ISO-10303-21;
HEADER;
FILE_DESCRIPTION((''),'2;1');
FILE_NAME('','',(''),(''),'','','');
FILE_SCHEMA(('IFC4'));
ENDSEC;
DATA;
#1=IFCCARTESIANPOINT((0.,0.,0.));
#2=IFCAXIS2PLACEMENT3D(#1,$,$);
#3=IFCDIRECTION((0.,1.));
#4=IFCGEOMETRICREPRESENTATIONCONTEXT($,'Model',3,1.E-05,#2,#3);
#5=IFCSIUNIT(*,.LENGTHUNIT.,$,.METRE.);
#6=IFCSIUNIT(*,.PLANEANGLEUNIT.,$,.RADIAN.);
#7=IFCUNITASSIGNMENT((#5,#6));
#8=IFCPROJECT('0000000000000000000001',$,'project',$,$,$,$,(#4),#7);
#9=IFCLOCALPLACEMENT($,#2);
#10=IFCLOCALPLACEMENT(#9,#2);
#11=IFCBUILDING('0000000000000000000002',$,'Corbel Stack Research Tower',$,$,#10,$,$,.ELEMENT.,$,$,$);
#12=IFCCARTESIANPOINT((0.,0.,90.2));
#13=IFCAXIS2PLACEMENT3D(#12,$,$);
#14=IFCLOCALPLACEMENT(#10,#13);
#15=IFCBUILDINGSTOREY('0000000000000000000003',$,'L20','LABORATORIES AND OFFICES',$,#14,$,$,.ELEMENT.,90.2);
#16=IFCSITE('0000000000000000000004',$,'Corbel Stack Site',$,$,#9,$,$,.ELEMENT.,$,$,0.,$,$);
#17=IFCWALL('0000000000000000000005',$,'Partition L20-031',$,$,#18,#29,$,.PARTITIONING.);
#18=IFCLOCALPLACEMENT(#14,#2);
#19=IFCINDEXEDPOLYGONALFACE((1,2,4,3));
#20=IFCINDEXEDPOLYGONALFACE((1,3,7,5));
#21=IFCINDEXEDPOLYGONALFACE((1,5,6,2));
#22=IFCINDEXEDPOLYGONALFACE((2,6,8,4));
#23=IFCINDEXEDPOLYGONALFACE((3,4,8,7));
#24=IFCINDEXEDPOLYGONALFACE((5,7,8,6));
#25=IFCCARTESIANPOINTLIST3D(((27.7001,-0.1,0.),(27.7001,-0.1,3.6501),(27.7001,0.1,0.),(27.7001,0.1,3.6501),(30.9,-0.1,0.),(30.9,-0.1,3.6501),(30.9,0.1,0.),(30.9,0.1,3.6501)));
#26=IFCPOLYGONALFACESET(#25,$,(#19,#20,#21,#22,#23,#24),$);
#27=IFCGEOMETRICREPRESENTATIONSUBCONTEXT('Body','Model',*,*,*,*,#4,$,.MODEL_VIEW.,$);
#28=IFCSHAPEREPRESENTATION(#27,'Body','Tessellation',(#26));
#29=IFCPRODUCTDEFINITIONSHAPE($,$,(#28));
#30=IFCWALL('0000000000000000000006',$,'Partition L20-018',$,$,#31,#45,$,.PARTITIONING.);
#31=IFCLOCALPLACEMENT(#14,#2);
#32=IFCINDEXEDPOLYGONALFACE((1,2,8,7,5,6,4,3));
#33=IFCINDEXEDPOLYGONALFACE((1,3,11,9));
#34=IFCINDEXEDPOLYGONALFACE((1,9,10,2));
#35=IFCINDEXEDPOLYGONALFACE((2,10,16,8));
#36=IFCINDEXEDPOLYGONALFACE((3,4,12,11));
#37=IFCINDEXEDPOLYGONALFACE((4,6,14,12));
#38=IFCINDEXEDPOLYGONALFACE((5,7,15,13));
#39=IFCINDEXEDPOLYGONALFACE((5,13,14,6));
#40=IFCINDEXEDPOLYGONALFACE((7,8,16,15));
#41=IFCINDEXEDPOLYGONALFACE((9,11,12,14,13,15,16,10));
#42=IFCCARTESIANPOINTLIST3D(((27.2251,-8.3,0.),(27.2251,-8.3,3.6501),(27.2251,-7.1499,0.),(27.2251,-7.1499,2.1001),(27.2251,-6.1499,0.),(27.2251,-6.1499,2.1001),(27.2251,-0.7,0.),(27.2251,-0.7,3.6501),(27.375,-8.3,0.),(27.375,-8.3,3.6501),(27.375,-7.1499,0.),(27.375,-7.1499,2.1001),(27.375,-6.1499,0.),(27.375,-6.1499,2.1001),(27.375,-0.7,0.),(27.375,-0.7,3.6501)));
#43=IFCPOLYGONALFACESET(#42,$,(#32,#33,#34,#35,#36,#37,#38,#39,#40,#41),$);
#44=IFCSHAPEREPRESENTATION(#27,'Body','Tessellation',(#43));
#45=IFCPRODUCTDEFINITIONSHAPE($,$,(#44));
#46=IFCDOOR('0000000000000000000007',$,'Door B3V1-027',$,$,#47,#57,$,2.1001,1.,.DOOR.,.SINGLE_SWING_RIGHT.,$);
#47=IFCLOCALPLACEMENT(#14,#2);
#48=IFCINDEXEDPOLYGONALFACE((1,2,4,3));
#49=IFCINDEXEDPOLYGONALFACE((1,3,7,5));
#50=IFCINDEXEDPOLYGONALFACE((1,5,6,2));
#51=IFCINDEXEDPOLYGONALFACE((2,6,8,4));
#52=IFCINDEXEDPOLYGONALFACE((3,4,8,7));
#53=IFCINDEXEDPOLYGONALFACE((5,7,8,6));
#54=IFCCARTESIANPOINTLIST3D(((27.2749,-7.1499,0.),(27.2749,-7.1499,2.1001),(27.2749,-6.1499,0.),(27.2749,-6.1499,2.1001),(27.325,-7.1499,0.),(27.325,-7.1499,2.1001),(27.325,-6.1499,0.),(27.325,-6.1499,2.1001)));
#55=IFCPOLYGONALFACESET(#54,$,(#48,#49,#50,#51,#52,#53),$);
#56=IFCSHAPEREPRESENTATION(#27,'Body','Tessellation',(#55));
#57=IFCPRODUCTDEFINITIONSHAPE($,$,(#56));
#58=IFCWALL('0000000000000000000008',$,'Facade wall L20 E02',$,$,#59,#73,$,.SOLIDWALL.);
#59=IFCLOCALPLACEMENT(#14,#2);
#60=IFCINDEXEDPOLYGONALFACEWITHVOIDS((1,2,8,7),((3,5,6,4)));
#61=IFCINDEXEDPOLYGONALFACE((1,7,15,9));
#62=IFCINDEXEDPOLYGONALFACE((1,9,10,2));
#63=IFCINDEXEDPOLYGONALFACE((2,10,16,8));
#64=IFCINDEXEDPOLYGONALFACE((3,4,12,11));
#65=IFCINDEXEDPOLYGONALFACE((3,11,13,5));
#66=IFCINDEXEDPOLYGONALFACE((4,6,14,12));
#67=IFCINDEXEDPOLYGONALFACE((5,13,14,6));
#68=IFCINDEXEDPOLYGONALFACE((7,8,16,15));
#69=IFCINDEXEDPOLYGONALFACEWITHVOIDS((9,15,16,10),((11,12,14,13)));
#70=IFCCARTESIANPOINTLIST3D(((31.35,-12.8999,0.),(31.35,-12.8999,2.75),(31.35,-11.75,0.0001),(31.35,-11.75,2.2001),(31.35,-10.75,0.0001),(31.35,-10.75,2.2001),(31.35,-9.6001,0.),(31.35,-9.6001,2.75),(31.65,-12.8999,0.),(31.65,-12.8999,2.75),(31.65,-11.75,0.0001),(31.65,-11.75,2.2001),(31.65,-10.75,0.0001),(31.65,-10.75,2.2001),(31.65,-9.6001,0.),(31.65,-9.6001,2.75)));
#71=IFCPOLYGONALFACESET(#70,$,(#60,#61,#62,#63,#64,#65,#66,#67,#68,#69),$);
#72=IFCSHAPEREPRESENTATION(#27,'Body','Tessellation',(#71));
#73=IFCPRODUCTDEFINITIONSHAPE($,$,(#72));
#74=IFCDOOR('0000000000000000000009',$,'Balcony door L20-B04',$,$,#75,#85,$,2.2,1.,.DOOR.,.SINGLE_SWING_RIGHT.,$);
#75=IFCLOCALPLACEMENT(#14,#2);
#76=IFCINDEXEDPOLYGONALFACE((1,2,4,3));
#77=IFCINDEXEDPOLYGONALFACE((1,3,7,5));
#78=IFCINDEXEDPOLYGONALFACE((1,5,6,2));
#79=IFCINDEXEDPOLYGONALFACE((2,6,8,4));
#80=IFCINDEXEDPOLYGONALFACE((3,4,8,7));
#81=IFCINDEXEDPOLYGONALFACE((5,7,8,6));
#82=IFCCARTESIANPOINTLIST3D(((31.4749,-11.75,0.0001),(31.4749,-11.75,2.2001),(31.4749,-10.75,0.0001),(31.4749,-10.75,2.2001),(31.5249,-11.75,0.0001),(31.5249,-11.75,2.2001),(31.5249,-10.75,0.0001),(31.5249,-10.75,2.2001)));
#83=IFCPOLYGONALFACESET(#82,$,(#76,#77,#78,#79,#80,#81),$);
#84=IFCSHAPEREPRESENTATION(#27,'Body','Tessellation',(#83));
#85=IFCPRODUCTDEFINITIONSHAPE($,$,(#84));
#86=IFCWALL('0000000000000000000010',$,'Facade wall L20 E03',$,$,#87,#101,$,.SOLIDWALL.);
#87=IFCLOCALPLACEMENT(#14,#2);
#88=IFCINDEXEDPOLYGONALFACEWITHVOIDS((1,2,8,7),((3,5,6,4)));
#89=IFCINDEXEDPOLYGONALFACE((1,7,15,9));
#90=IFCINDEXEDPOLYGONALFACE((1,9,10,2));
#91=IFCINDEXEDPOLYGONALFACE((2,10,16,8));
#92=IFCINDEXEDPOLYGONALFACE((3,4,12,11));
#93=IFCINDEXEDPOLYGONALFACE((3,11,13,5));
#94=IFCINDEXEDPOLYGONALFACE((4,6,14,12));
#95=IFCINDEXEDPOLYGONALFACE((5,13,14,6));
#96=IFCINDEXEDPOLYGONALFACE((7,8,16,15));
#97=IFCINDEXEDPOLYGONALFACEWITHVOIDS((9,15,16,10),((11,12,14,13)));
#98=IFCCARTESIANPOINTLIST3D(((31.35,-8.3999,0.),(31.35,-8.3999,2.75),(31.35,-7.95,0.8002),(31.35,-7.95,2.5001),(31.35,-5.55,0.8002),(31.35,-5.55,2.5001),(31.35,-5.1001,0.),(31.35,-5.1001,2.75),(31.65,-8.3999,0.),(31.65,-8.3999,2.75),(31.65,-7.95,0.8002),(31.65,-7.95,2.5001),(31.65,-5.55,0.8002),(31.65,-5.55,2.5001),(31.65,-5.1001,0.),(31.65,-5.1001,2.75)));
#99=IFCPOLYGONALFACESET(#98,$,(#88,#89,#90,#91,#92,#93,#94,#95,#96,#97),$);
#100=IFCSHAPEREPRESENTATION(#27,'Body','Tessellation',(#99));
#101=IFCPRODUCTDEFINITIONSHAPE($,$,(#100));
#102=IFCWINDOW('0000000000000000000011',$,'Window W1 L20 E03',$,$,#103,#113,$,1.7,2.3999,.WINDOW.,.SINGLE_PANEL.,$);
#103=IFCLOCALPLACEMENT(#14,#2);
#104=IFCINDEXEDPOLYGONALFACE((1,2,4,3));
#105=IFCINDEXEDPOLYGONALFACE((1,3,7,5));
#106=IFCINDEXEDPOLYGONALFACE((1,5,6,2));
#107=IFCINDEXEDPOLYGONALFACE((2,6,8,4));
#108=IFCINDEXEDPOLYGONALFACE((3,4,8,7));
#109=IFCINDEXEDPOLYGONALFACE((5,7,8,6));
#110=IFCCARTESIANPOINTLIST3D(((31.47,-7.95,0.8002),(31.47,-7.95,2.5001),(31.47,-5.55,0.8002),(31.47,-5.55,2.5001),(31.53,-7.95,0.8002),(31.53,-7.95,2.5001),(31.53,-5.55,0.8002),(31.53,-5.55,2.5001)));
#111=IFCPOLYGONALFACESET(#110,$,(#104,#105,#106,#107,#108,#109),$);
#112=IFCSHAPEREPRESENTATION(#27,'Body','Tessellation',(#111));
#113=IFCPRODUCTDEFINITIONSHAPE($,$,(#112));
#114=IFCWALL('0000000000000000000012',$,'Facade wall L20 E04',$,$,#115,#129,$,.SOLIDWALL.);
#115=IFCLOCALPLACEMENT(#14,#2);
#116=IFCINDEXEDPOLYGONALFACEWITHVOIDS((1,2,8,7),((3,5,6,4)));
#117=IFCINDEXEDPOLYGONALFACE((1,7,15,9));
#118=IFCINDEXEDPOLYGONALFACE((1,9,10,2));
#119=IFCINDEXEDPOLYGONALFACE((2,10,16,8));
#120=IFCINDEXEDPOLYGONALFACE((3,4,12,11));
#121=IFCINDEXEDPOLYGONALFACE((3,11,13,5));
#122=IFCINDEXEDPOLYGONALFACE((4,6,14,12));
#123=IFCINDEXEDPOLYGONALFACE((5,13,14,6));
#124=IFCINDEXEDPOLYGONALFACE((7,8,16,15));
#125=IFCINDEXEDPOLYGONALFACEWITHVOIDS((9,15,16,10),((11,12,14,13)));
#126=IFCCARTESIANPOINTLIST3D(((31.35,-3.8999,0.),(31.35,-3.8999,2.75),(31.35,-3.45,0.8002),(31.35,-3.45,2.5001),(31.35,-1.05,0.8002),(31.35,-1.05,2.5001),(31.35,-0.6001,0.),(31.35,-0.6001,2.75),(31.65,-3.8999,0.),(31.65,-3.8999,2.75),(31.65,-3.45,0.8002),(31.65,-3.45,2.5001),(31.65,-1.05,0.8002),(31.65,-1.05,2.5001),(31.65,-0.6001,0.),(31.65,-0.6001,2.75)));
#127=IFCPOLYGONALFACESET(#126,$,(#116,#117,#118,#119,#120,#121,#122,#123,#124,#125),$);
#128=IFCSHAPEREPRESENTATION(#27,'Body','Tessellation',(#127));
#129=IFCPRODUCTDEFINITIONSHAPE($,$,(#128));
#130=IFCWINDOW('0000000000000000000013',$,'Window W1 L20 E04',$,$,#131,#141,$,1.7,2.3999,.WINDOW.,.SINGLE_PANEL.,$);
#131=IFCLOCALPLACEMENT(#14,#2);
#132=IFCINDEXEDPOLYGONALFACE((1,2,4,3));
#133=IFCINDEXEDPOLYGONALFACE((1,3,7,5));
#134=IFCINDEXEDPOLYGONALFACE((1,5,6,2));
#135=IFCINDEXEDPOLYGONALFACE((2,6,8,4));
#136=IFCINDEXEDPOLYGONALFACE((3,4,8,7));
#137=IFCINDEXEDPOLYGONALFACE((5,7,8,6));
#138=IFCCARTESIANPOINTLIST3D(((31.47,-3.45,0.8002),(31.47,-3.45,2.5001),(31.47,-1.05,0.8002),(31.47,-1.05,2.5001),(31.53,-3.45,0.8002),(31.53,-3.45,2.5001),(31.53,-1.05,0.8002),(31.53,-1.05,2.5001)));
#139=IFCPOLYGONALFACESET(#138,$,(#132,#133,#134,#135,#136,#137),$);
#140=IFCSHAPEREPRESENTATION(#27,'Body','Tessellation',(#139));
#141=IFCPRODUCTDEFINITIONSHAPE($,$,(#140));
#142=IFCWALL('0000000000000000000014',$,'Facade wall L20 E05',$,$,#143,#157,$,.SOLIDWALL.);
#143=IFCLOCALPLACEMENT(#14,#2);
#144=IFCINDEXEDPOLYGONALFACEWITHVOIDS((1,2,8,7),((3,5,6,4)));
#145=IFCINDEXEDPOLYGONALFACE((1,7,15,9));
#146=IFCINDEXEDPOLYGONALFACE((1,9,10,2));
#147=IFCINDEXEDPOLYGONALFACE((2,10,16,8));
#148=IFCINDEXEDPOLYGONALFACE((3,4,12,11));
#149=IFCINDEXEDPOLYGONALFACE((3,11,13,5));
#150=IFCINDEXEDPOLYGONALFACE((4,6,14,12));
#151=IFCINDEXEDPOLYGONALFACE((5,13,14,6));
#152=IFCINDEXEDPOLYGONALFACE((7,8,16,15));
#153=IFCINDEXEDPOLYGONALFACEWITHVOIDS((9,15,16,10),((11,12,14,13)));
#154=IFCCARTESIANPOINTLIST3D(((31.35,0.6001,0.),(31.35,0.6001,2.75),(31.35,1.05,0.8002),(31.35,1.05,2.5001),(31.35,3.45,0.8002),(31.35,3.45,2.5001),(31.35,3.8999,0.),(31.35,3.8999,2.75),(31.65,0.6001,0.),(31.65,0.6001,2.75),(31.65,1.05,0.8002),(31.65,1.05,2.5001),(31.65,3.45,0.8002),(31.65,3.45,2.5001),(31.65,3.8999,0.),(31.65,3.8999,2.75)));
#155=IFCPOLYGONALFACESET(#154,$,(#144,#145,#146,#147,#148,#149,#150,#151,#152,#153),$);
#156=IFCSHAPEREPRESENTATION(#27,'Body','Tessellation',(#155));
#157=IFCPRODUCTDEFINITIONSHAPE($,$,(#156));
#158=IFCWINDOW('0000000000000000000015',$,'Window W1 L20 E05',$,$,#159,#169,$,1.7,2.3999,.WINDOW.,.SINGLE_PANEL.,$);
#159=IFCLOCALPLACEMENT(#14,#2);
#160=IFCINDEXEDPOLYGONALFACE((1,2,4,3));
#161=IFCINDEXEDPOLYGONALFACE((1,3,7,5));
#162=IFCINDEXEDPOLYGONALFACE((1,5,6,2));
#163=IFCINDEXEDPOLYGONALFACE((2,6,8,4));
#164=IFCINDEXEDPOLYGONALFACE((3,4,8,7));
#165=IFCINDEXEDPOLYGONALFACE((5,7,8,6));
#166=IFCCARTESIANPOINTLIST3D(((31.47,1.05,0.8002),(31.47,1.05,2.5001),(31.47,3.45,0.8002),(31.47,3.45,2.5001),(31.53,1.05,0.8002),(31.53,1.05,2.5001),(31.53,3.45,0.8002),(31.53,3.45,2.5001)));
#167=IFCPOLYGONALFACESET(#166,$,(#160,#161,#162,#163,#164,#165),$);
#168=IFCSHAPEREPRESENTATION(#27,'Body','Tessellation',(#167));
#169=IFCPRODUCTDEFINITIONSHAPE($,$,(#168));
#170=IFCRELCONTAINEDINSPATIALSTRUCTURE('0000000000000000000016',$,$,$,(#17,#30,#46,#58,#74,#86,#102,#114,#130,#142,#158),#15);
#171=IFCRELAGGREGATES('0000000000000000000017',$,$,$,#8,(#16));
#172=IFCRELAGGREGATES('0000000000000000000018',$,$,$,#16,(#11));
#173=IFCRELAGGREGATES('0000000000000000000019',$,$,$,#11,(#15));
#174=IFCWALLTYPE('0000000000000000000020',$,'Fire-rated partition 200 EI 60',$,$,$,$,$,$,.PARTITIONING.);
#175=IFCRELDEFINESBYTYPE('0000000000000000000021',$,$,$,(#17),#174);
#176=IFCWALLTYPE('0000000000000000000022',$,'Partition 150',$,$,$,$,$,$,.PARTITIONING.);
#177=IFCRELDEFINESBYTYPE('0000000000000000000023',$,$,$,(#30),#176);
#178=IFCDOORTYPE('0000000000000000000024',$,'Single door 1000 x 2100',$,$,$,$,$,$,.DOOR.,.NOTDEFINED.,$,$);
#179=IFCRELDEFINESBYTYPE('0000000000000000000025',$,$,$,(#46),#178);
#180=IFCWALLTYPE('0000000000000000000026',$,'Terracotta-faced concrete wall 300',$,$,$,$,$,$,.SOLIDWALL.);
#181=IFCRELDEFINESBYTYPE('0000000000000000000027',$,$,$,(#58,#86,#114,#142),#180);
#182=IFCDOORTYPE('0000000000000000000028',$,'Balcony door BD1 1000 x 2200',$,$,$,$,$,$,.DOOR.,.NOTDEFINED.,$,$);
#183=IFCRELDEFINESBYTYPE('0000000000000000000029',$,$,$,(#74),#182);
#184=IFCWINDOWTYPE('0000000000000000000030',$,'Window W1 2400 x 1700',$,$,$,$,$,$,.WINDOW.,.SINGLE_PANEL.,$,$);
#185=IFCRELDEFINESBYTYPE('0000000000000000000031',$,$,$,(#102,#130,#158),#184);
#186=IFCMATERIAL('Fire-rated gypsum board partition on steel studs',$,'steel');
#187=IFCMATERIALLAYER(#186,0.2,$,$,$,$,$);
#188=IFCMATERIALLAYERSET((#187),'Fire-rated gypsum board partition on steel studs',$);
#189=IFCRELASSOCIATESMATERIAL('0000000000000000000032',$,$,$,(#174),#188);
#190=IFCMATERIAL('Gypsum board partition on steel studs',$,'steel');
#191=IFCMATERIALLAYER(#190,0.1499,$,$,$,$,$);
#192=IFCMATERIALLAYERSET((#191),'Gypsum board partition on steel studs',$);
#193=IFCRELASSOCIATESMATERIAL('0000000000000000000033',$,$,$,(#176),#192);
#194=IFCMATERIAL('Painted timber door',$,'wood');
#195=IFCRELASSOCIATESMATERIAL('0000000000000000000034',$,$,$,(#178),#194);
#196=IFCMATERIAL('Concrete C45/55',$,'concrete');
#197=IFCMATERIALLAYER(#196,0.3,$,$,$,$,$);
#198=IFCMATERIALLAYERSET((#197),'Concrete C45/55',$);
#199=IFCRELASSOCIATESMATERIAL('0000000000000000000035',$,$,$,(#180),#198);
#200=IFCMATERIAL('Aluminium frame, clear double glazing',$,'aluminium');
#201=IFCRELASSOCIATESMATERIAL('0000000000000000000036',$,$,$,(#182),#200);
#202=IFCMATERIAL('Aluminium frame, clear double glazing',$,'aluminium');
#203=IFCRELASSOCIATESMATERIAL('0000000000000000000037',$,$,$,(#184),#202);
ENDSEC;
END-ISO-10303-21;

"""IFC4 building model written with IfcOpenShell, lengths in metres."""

from ifc_helpers import new_model, si_unit, direction, frame, frame_2d, origin, place, context, subcontext, project, spatial, rectangle, extrude, material, layer, layer_set, type_object, element, fill, save


model = new_model("IFC4")

# Units and contexts
model_context = context("Model", 3, precision=1e-05, world=origin(), true_north=direction((0.0, 1.0)))
body_context = subcontext(model_context, "Body", "Model", "MODEL_VIEW")
ifc_project = project(units=[si_unit("LENGTHUNIT", "METRE"), si_unit("PLANEANGLEUNIT", "RADIAN")], contexts=[model_context])

# Site, building, storey
site_placement = place(None, origin())
site = spatial("IfcSite", under=ifc_project, at=site_placement, Name="Corbel Stack Site", CompositionType="ELEMENT", RefElevation=0.0)
building_placement = place(site_placement, origin())
building = spatial("IfcBuilding", under=site, at=building_placement, Name="Corbel Stack Research Tower", CompositionType="ELEMENT")
storey_placement = place(building_placement, frame((0.0, 0.0, 90.2)))
storey = spatial("IfcBuildingStorey", under=building, at=storey_placement, Name="L20", Description="LABORATORIES AND OFFICES", CompositionType="ELEMENT", Elevation=90.2)

# Wall
ifc_material_1 = material(Name="Fire-rated gypsum board partition on steel studs", Category="steel")
ifc_layer_1 = layer(ifc_material_1, 0.2)
ifc_layer_set_1 = layer_set([ifc_layer_1], Name="Fire-rated gypsum board partition on steel studs")
wall_type_1 = type_object("IfcWallType", Name="Fire-rated partition 200 EI 60", PredefinedType="PARTITIONING", material=ifc_layer_set_1)
wall_1_placement = place(storey_placement, frame((27.7, 0.0, 0.0), z_axis=(0.0, 0.0, 1.0), x_axis=(1.0, 0.0, 0.0)))
element("IfcWall", 1, at=wall_1_placement, inside=storey, type_object=wall_type_1, Name="Partition L20-031", PredefinedType="PARTITIONING", context=body_context, shape_type="SweptSolid", body=[
    extrude(rectangle(XDim=3.2, YDim=0.2, at=frame_2d((1.6001, 0.0))), origin(), (0.0, 0.0, 1.0), 3.6501),
])

# Walls, openings, doors
ifc_material_2 = material(Name="Gypsum board partition on steel studs", Category="steel")
ifc_layer_2 = layer(ifc_material_2, 0.1499)
ifc_layer_set_2 = layer_set([ifc_layer_2], Name="Gypsum board partition on steel studs")
wall_type_2 = type_object("IfcWallType", Name="Partition 150", PredefinedType="PARTITIONING", material=ifc_layer_set_2)
wall_2_placement = place(storey_placement, frame((27.3, -0.7, 0.0), z_axis=(0.0, 0.0, 1.0), x_axis=(0.0, -1.0, 0.0)))
wall_2 = element("IfcWall", 2, at=wall_2_placement, inside=storey, type_object=wall_type_2, Name="Partition L20-018", PredefinedType="PARTITIONING", context=body_context, shape_type="SweptSolid", body=[
    extrude(rectangle(XDim=7.6001, YDim=0.1499, at=frame_2d((3.8, 0.0))), origin(), (0.0, 0.0, 1.0), 3.6501),
])
opening_1_placement = place(wall_2_placement, frame((5.45, 0.0, 0.0)))
opening_1 = element("IfcOpeningElement", 3, at=opening_1_placement, cuts=wall_2, PredefinedType="OPENING", context=body_context, shape_type="SweptSolid", body=[
    extrude(rectangle(XDim=1.0, YDim=2.1001, at=frame_2d((0.5, 1.05))), frame((0.0, 0.085, 0.0), z_axis=(0.0, -1.0, 0.0), x_axis=(1.0, 0.0, 0.0)), (0.0, 0.0, 1.0), 0.1699),
])
ifc_material_3 = material(Name="Painted timber door", Category="wood")
door_type_1 = type_object("IfcDoorType", Name="Single door 1000 x 2100", OperationType="NOTDEFINED", PredefinedType="DOOR", material=ifc_material_3)
door_1_placement = place(opening_1_placement, origin())
door_1 = element("IfcDoor", 4, at=door_1_placement, inside=storey, type_object=door_type_1, Name="Door B3V1-027", OperationType="SINGLE_SWING_RIGHT", OverallHeight=2.1001, OverallWidth=1.0, PredefinedType="DOOR", context=body_context, shape_type="SweptSolid", body=[
    extrude(rectangle(XDim=1.0, YDim=2.1001, at=frame_2d((0.5, 1.05))), frame((0.0, 0.0249, 0.0), z_axis=(0.0, -1.0, 0.0), x_axis=(1.0, 0.0, 0.0)), (0.0, 0.0, 1.0), 0.05),
])
fill(opening_1, door_1)
ifc_material_4 = material(Name="Concrete C45/55", Category="concrete")
ifc_layer_3 = layer(ifc_material_4, 0.3)
ifc_layer_set_3 = layer_set([ifc_layer_3], Name="Concrete C45/55")
wall_type_3 = type_object("IfcWallType", Name="Terracotta-faced concrete wall 300", PredefinedType="SOLIDWALL", material=ifc_layer_set_3)
wall_3_placement = place(storey_placement, frame((31.5, -9.6001, 0.0), z_axis=(0.0, 0.0, 1.0), x_axis=(0.0, -1.0, 0.0)))
wall_3 = element("IfcWall", 5, at=wall_3_placement, inside=storey, type_object=wall_type_3, Name="Facade wall L20 E02", PredefinedType="SOLIDWALL", context=body_context, shape_type="SweptSolid", body=[
    extrude(rectangle(XDim=3.2998, YDim=0.3, at=frame_2d((1.6499, 0.0))), origin(), (0.0, 0.0, 1.0), 2.75),
])
opening_2_placement = place(wall_3_placement, frame((1.1499, 0.0, 0.0)))
opening_2 = element("IfcOpeningElement", 6, at=opening_2_placement, cuts=wall_3, PredefinedType="OPENING", context=body_context, shape_type="SweptSolid", body=[
    extrude(rectangle(XDim=1.0, YDim=2.2, at=frame_2d((0.5, 1.1001))), frame((0.0, 0.1599, 0.0), z_axis=(0.0, -1.0, 0.0), x_axis=(1.0, 0.0, 0.0)), (0.0, 0.0, 1.0), 0.3201),
])
ifc_material_5 = material(Name="Aluminium frame, clear double glazing", Category="aluminium")
door_type_2 = type_object("IfcDoorType", Name="Balcony door BD1 1000 x 2200", OperationType="NOTDEFINED", PredefinedType="DOOR", material=ifc_material_5)
door_2_placement = place(opening_2_placement, origin())
door_2 = element("IfcDoor", 7, at=door_2_placement, inside=storey, type_object=door_type_2, Name="Balcony door L20-B04", OperationType="SINGLE_SWING_RIGHT", OverallHeight=2.2, OverallWidth=1.0, PredefinedType="DOOR", context=body_context, shape_type="SweptSolid", body=[
    extrude(rectangle(XDim=1.0, YDim=2.2, at=frame_2d((0.5, 1.1001))), frame((0.0, 0.0249, 0.0), z_axis=(0.0, -1.0, 0.0), x_axis=(1.0, 0.0, 0.0)), (0.0, 0.0, 1.0), 0.05),
])
fill(opening_2, door_2)

# Walls, openings, windows
wall_4_placement = place(storey_placement, frame((31.5, -5.1001, 0.0), z_axis=(0.0, 0.0, 1.0), x_axis=(0.0, -1.0, 0.0)))
wall_4 = element("IfcWall", 8, at=wall_4_placement, inside=storey, type_object=wall_type_3, Name="Facade wall L20 E03", PredefinedType="SOLIDWALL", context=body_context, shape_type="SweptSolid", body=[
    extrude(rectangle(XDim=3.2998, YDim=0.3, at=frame_2d((1.6499, 0.0))), origin(), (0.0, 0.0, 1.0), 2.75),
])
opening_3_placement = place(wall_4_placement, frame((0.45, 0.0, 0.8)))
opening_3 = element("IfcOpeningElement", 9, at=opening_3_placement, cuts=wall_4, PredefinedType="OPENING", context=body_context, shape_type="SweptSolid", body=[
    extrude(rectangle(XDim=2.3999, YDim=1.7, at=frame_2d((1.2, 0.8501))), frame((0.0, 0.1599, 0.0), z_axis=(0.0, -1.0, 0.0), x_axis=(1.0, 0.0, 0.0)), (0.0, 0.0, 1.0), 0.3201),
])
ifc_material_6 = material(Name="Aluminium frame, clear double glazing", Category="aluminium")
window_type = type_object("IfcWindowType", Name="Window W1 2400 x 1700", PartitioningType="SINGLE_PANEL", PredefinedType="WINDOW", material=ifc_material_6)
window_1_placement = place(opening_3_placement, origin())
window_1 = element("IfcWindow", 10, at=window_1_placement, inside=storey, type_object=window_type, Name="Window W1 L20 E03", OverallHeight=1.7, OverallWidth=2.3999, PartitioningType="SINGLE_PANEL", PredefinedType="WINDOW", context=body_context, shape_type="SweptSolid", body=[
    extrude(rectangle(XDim=2.3999, YDim=1.7, at=frame_2d((1.2, 0.8501))), frame((0.0, 0.03, 0.0), z_axis=(0.0, -1.0, 0.0), x_axis=(1.0, 0.0, 0.0)), (0.0, 0.0, 1.0), 0.0601),
])
fill(opening_3, window_1)
wall_5_placement = place(storey_placement, frame((31.5, -0.6001, 0.0), z_axis=(0.0, 0.0, 1.0), x_axis=(0.0, -1.0, 0.0)))
wall_5 = element("IfcWall", 11, at=wall_5_placement, inside=storey, type_object=wall_type_3, Name="Facade wall L20 E04", PredefinedType="SOLIDWALL", context=body_context, shape_type="SweptSolid", body=[
    extrude(rectangle(XDim=3.2998, YDim=0.3, at=frame_2d((1.6499, 0.0))), origin(), (0.0, 0.0, 1.0), 2.75),
])
opening_4_placement = place(wall_5_placement, frame((0.45, 0.0, 0.8)))
opening_4 = element("IfcOpeningElement", 12, at=opening_4_placement, cuts=wall_5, PredefinedType="OPENING", context=body_context, shape_type="SweptSolid", body=[
    extrude(rectangle(XDim=2.3999, YDim=1.7, at=frame_2d((1.2, 0.8501))), frame((0.0, 0.1599, 0.0), z_axis=(0.0, -1.0, 0.0), x_axis=(1.0, 0.0, 0.0)), (0.0, 0.0, 1.0), 0.3201),
])
window_2_placement = place(opening_4_placement, origin())
window_2 = element("IfcWindow", 13, at=window_2_placement, inside=storey, type_object=window_type, Name="Window W1 L20 E04", OverallHeight=1.7, OverallWidth=2.3999, PartitioningType="SINGLE_PANEL", PredefinedType="WINDOW", context=body_context, shape_type="SweptSolid", body=[
    extrude(rectangle(XDim=2.3999, YDim=1.7, at=frame_2d((1.2, 0.8501))), frame((0.0, 0.03, 0.0), z_axis=(0.0, -1.0, 0.0), x_axis=(1.0, 0.0, 0.0)), (0.0, 0.0, 1.0), 0.0601),
])
fill(opening_4, window_2)
wall_6_placement = place(storey_placement, frame((31.5, 3.8999, 0.0), z_axis=(0.0, 0.0, 1.0), x_axis=(0.0, -1.0, 0.0)))
wall_6 = element("IfcWall", 14, at=wall_6_placement, inside=storey, type_object=wall_type_3, Name="Facade wall L20 E05", PredefinedType="SOLIDWALL", context=body_context, shape_type="SweptSolid", body=[
    extrude(rectangle(XDim=3.2998, YDim=0.3, at=frame_2d((1.6499, 0.0))), origin(), (0.0, 0.0, 1.0), 2.75),
])
opening_5_placement = place(wall_6_placement, frame((0.45, 0.0, 0.8)))
opening_5 = element("IfcOpeningElement", 15, at=opening_5_placement, cuts=wall_6, PredefinedType="OPENING", context=body_context, shape_type="SweptSolid", body=[
    extrude(rectangle(XDim=2.3999, YDim=1.7, at=frame_2d((1.2, 0.8501))), frame((0.0, 0.1599, 0.0), z_axis=(0.0, -1.0, 0.0), x_axis=(1.0, 0.0, 0.0)), (0.0, 0.0, 1.0), 0.3201),
])
window_3_placement = place(opening_5_placement, origin())
window_3 = element("IfcWindow", 16, at=window_3_placement, inside=storey, type_object=window_type, Name="Window W1 L20 E05", OverallHeight=1.7, OverallWidth=2.3999, PartitioningType="SINGLE_PANEL", PredefinedType="WINDOW", context=body_context, shape_type="SweptSolid", body=[
    extrude(rectangle(XDim=2.3999, YDim=1.7, at=frame_2d((1.2, 0.8501))), frame((0.0, 0.03, 0.0), z_axis=(0.0, -1.0, 0.0), x_axis=(1.0, 0.0, 0.0)), (0.0, 0.0, 1.0), 0.0601),
])
fill(opening_5, window_3)

save(model, "model.ifc")
